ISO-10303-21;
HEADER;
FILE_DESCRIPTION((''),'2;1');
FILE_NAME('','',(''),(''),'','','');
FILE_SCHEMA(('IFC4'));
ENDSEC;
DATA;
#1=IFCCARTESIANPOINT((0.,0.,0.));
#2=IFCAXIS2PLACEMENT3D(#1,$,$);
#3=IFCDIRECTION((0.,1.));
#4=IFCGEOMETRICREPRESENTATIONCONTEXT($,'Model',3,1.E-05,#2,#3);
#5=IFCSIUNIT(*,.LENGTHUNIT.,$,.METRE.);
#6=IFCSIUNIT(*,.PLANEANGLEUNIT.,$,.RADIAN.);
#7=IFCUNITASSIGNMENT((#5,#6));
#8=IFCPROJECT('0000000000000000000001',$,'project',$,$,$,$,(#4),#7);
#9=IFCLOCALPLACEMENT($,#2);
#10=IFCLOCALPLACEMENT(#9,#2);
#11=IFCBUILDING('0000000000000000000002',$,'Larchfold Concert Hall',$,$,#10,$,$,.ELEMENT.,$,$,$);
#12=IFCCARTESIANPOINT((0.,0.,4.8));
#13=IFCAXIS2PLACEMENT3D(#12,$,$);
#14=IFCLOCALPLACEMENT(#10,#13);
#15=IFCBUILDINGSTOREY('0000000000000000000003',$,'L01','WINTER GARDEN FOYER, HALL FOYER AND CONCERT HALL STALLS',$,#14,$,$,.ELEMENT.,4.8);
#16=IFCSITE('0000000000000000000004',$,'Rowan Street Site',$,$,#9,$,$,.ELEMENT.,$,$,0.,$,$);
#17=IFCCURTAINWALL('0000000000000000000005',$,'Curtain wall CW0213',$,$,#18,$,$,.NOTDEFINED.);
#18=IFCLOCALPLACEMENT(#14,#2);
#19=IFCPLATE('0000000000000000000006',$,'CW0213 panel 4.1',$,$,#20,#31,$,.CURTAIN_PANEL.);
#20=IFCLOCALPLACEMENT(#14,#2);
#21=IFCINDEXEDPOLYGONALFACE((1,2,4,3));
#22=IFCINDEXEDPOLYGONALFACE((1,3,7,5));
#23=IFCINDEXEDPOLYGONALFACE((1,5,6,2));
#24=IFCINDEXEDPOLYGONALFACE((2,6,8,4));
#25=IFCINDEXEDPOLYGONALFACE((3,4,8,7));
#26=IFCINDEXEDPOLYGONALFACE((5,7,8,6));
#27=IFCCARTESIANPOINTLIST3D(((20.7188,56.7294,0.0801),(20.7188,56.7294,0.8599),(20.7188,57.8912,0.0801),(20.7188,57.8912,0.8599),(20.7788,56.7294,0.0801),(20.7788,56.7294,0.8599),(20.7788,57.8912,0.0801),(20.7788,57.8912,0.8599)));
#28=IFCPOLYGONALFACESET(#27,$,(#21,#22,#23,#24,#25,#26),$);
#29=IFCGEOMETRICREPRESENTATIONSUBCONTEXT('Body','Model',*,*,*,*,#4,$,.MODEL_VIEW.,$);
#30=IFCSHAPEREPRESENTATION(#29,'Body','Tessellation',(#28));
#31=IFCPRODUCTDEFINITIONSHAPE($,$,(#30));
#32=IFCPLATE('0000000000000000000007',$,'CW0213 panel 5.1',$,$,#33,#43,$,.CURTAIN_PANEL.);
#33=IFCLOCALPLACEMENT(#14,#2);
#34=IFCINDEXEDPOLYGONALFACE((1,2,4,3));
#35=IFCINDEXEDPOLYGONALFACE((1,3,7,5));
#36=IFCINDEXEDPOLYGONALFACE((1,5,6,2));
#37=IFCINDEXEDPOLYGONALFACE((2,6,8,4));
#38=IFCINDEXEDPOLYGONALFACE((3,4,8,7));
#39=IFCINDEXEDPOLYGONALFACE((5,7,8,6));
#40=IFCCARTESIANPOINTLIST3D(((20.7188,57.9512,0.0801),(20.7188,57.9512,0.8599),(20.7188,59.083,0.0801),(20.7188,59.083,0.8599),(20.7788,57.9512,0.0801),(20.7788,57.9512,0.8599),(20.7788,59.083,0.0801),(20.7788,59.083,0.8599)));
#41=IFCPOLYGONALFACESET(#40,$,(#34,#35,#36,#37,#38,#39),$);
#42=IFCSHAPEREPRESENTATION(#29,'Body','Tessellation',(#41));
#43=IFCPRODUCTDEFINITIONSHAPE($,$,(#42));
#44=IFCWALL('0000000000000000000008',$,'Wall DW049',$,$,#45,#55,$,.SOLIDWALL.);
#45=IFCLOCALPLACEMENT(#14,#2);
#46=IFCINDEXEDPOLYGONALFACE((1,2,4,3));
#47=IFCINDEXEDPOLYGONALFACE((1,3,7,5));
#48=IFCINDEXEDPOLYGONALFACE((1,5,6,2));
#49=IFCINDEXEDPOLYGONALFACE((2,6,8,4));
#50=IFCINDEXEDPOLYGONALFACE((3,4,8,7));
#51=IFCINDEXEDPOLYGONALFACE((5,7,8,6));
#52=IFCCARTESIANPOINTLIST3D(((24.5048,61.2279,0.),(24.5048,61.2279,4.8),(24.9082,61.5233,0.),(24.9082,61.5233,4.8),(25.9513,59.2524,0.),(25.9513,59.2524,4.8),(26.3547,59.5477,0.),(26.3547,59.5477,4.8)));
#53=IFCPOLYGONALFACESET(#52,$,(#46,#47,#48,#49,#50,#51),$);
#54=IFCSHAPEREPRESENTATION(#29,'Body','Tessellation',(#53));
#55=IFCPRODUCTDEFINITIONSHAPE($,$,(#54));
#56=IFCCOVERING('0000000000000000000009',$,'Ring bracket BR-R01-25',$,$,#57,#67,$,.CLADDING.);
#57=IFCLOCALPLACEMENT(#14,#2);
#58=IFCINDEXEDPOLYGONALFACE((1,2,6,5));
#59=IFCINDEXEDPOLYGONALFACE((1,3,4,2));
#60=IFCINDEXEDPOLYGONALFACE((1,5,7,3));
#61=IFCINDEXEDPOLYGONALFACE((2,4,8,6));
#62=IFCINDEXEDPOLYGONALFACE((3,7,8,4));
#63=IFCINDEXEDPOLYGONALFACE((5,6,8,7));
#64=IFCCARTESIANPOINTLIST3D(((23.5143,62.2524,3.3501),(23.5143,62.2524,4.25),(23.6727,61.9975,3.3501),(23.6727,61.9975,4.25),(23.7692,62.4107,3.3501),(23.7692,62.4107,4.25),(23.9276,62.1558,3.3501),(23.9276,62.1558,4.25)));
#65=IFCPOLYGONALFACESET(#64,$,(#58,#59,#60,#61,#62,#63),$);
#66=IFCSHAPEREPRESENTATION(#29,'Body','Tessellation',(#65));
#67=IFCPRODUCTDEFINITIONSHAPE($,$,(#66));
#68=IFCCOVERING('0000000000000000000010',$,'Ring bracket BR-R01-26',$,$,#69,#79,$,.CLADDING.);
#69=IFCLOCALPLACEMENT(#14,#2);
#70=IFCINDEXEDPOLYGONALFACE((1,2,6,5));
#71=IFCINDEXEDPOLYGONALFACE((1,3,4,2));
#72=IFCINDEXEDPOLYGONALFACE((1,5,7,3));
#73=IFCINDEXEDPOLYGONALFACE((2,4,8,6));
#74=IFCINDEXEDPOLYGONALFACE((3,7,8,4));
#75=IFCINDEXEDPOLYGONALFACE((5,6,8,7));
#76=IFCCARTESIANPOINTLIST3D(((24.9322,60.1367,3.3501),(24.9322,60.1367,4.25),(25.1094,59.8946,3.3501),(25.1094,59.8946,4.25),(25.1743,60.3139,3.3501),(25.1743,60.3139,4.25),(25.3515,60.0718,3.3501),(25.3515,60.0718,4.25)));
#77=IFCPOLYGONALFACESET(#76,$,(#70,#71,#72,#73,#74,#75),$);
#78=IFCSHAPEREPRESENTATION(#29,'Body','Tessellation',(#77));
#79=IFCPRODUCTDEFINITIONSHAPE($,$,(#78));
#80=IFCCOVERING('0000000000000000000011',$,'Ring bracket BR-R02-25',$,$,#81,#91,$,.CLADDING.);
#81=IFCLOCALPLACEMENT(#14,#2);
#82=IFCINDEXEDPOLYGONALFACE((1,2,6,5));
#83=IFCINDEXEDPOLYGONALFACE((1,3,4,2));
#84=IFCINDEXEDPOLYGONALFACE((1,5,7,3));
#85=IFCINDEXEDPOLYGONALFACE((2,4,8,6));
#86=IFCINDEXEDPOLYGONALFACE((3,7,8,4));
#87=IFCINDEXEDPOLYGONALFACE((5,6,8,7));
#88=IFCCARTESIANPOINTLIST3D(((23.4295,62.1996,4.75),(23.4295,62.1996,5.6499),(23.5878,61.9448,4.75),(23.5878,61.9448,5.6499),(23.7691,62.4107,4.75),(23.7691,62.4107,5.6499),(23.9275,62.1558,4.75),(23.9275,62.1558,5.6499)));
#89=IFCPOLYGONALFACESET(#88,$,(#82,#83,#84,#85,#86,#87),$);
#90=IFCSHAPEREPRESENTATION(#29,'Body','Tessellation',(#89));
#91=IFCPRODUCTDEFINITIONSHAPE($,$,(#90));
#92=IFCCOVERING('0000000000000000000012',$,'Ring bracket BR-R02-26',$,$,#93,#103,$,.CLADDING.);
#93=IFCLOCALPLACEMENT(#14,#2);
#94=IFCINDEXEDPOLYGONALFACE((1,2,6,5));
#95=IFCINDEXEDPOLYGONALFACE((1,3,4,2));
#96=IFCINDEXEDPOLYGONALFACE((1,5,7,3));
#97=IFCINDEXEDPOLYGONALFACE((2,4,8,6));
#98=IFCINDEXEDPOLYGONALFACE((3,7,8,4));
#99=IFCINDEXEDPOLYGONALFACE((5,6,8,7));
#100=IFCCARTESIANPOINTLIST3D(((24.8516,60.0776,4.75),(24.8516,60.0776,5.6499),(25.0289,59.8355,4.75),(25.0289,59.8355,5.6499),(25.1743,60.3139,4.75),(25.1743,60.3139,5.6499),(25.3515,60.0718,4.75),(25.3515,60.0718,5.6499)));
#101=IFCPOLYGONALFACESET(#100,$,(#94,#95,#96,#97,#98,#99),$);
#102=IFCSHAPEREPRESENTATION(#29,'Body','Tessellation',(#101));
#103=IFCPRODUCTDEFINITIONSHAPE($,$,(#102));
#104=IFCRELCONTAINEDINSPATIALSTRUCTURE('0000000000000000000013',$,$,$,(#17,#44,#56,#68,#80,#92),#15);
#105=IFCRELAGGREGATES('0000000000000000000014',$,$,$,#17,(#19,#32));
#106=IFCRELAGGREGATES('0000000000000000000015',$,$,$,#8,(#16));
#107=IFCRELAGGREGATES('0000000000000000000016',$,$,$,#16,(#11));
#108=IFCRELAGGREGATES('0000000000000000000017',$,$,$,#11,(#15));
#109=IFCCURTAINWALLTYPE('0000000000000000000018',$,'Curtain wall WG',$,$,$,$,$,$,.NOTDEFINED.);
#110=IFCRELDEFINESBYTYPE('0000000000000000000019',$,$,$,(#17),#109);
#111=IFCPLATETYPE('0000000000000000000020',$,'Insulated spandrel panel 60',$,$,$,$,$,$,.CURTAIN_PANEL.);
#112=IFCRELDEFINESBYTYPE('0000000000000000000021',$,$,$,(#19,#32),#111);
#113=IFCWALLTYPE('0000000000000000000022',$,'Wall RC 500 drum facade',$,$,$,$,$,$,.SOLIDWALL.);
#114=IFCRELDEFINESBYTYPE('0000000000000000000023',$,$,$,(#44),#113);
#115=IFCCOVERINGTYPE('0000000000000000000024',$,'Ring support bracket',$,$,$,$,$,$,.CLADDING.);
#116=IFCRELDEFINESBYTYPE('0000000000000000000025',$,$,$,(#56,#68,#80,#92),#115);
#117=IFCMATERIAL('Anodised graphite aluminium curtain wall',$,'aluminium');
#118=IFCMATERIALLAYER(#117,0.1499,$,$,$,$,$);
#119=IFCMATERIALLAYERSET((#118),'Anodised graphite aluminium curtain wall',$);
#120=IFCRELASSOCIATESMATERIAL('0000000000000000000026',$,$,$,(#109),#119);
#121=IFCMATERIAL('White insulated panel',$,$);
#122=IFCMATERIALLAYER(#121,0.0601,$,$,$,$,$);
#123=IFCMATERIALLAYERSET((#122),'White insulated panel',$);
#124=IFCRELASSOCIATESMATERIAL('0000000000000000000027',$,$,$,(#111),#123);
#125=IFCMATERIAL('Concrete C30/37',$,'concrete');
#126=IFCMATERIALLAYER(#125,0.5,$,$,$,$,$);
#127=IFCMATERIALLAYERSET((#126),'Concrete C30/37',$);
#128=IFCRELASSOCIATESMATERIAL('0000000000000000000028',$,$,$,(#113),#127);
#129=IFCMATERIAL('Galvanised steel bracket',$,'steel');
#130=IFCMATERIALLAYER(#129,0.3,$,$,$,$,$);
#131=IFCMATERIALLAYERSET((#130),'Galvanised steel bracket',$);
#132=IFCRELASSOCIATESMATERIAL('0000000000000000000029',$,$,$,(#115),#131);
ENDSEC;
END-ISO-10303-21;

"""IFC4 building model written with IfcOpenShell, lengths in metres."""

from ifc_helpers import new_model, si_unit, direction, frame, frame_2d, origin, origin_2d, place, context, subcontext, project, spatial, rectangle, extrude, material, layer, layer_set, type_object, element, aggregate, save


model = new_model("IFC4")

# Units and contexts
model_context = context("Model", 3, precision=1e-05, world=origin(), true_north=direction((0.0, 1.0)))
body_context = subcontext(model_context, "Body", "Model", "MODEL_VIEW")
ifc_project = project(units=[si_unit("LENGTHUNIT", "METRE"), si_unit("PLANEANGLEUNIT", "RADIAN")], contexts=[model_context])

# Site, building, storey
site_placement = place(None, origin())
site = spatial("IfcSite", under=ifc_project, at=site_placement, Name="Rowan Street Site", CompositionType="ELEMENT", RefElevation=0.0)
building_placement = place(site_placement, origin())
building = spatial("IfcBuilding", under=site, at=building_placement, Name="Larchfold Concert Hall", CompositionType="ELEMENT")
storey_placement = place(building_placement, frame((0.0, 0.0, 4.8)))
storey = spatial("IfcBuildingStorey", under=building, at=storey_placement, Name="L01", Description="WINTER GARDEN FOYER, HALL FOYER AND CONCERT HALL STALLS", CompositionType="ELEMENT", Elevation=4.8)

# Shared definitions
ifc_material_1 = material(Name="Anodised graphite aluminium curtain wall", Category="aluminium")
ifc_layer_1 = layer(ifc_material_1, 0.1499)
ifc_layer_set_1 = layer_set([ifc_layer_1], Name="Anodised graphite aluminium curtain wall")
curtain_wall_type = type_object("IfcCurtainWallType", Name="Curtain wall WG", PredefinedType="NOTDEFINED", material=ifc_layer_set_1)

# Curtain wall
curtain_wall_1_placement = place(storey_placement, origin())
curtain_wall_1 = element("IfcCurtainWall", 1, at=curtain_wall_1_placement, inside=storey, type_object=curtain_wall_type, Name="Curtain wall CW0213", PredefinedType="NOTDEFINED")

# Plates
ifc_material_2 = material(Name="White insulated panel")
ifc_layer_2 = layer(ifc_material_2, 0.0601)
ifc_layer_set_2 = layer_set([ifc_layer_2], Name="White insulated panel")
plate_type_1 = type_object("IfcPlateType", Name="Insulated spandrel panel 60", PredefinedType="CURTAIN_PANEL", material=ifc_layer_set_2)
plate_1_placement = place(storey_placement, frame((20.7488, 57.3103, 0.0801), z_axis=(0.0, 0.0, 1.0), x_axis=(0.0, 1.0, 0.0)))
plate_1 = element("IfcPlate", 2, at=plate_1_placement, type_object=plate_type_1, Name="CW0213 panel 4.1", PredefinedType="CURTAIN_PANEL", context=body_context, shape_type="SweptSolid", body=[
    extrude(rectangle(XDim=1.1619, YDim=0.0601, at=origin_2d()), origin(), (0.0, 0.0, 1.0), 0.7798),
])
plate_2_placement = place(storey_placement, frame((20.7488, 58.5171, 0.0801), z_axis=(0.0, 0.0, 1.0), x_axis=(0.0, 1.0, 0.0)))
plate_2 = element("IfcPlate", 3, at=plate_2_placement, type_object=plate_type_1, Name="CW0213 panel 5.1", PredefinedType="CURTAIN_PANEL", context=body_context, shape_type="SweptSolid", body=[
    extrude(rectangle(XDim=1.1318, YDim=0.0601, at=origin_2d()), origin(), (0.0, 0.0, 1.0), 0.7798),
])
aggregate(curtain_wall_1, [plate_1, plate_2])

# Wall
ifc_material_3 = material(Name="Concrete C30/37", Category="concrete")
ifc_layer_3 = layer(ifc_material_3, 0.5)
ifc_layer_set_3 = layer_set([ifc_layer_3], Name="Concrete C30/37")
wall_type = type_object("IfcWallType", Name="Wall RC 500 drum facade", PredefinedType="SOLIDWALL", material=ifc_layer_set_3)
wall_placement = place(storey_placement, frame((24.7065, 61.3755, 0.0), z_axis=(0.0, 0.0, 1.0), x_axis=(0.590771, -0.806839, 0.0)))
element("IfcWall", 4, at=wall_placement, inside=storey, type_object=wall_type, Name="Wall DW049", PredefinedType="SOLIDWALL", context=body_context, shape_type="SweptSolid", body=[
    extrude(rectangle(XDim=2.4485, YDim=0.5, at=frame_2d((1.2241, 0.0))), origin(), (0.0, 0.0, 1.0), 4.8),
])

# Coverings
ifc_material_4 = material(Name="Galvanised steel bracket", Category="steel")
ifc_layer_4 = layer(ifc_material_4, 0.3)
ifc_layer_set_4 = layer_set([ifc_layer_4], Name="Galvanised steel bracket")
covering_type = type_object("IfcCoveringType", Name="Ring support bracket", PredefinedType="CLADDING", material=ifc_layer_set_4)
for number, where, z_axis, x_axis, name in (
    (5, (23.7209, 62.2041, 3.3501), (0.0, 0.0, 1.0), (-0.849391, -0.527764, 0.0), "Ring bracket BR-R01-25"),
    (6, (25.1418, 60.1042, 3.3501), (0.0, 0.0, 1.0), (-0.806849, -0.590758, 0.0), "Ring bracket BR-R01-26"),
):
    element("IfcCovering", number, at=place(storey_placement, frame(where, z_axis=z_axis, x_axis=x_axis)), inside=storey, type_object=covering_type, Name=name, PredefinedType="CLADDING", context=body_context, shape_type="SweptSolid", body=[
        extrude(rectangle(XDim=0.3, YDim=0.3, at=origin_2d()), origin(), (0.0, 0.0, 1.0), 0.8999),
    ])
for number, where, z_axis, x_axis, name in (
    (7, (23.6785, 62.1777, 4.75), (0.0, 0.0, 1.0), (-0.849391, -0.527764, 0.0), "Ring bracket BR-R02-25"),
    (8, (25.1016, 60.0747, 4.75), (0.0, 0.0, 1.0), (-0.806849, -0.590758, 0.0), "Ring bracket BR-R02-26"),
):
    element("IfcCovering", number, at=place(storey_placement, frame(where, z_axis=z_axis, x_axis=x_axis)), inside=storey, type_object=covering_type, Name=name, PredefinedType="CLADDING", context=body_context, shape_type="SweptSolid", body=[
        extrude(rectangle(XDim=0.3999, YDim=0.3, at=origin_2d()), origin(), (0.0, 0.0, 1.0), 0.8999),
    ])

save(model, "model.ifc")
